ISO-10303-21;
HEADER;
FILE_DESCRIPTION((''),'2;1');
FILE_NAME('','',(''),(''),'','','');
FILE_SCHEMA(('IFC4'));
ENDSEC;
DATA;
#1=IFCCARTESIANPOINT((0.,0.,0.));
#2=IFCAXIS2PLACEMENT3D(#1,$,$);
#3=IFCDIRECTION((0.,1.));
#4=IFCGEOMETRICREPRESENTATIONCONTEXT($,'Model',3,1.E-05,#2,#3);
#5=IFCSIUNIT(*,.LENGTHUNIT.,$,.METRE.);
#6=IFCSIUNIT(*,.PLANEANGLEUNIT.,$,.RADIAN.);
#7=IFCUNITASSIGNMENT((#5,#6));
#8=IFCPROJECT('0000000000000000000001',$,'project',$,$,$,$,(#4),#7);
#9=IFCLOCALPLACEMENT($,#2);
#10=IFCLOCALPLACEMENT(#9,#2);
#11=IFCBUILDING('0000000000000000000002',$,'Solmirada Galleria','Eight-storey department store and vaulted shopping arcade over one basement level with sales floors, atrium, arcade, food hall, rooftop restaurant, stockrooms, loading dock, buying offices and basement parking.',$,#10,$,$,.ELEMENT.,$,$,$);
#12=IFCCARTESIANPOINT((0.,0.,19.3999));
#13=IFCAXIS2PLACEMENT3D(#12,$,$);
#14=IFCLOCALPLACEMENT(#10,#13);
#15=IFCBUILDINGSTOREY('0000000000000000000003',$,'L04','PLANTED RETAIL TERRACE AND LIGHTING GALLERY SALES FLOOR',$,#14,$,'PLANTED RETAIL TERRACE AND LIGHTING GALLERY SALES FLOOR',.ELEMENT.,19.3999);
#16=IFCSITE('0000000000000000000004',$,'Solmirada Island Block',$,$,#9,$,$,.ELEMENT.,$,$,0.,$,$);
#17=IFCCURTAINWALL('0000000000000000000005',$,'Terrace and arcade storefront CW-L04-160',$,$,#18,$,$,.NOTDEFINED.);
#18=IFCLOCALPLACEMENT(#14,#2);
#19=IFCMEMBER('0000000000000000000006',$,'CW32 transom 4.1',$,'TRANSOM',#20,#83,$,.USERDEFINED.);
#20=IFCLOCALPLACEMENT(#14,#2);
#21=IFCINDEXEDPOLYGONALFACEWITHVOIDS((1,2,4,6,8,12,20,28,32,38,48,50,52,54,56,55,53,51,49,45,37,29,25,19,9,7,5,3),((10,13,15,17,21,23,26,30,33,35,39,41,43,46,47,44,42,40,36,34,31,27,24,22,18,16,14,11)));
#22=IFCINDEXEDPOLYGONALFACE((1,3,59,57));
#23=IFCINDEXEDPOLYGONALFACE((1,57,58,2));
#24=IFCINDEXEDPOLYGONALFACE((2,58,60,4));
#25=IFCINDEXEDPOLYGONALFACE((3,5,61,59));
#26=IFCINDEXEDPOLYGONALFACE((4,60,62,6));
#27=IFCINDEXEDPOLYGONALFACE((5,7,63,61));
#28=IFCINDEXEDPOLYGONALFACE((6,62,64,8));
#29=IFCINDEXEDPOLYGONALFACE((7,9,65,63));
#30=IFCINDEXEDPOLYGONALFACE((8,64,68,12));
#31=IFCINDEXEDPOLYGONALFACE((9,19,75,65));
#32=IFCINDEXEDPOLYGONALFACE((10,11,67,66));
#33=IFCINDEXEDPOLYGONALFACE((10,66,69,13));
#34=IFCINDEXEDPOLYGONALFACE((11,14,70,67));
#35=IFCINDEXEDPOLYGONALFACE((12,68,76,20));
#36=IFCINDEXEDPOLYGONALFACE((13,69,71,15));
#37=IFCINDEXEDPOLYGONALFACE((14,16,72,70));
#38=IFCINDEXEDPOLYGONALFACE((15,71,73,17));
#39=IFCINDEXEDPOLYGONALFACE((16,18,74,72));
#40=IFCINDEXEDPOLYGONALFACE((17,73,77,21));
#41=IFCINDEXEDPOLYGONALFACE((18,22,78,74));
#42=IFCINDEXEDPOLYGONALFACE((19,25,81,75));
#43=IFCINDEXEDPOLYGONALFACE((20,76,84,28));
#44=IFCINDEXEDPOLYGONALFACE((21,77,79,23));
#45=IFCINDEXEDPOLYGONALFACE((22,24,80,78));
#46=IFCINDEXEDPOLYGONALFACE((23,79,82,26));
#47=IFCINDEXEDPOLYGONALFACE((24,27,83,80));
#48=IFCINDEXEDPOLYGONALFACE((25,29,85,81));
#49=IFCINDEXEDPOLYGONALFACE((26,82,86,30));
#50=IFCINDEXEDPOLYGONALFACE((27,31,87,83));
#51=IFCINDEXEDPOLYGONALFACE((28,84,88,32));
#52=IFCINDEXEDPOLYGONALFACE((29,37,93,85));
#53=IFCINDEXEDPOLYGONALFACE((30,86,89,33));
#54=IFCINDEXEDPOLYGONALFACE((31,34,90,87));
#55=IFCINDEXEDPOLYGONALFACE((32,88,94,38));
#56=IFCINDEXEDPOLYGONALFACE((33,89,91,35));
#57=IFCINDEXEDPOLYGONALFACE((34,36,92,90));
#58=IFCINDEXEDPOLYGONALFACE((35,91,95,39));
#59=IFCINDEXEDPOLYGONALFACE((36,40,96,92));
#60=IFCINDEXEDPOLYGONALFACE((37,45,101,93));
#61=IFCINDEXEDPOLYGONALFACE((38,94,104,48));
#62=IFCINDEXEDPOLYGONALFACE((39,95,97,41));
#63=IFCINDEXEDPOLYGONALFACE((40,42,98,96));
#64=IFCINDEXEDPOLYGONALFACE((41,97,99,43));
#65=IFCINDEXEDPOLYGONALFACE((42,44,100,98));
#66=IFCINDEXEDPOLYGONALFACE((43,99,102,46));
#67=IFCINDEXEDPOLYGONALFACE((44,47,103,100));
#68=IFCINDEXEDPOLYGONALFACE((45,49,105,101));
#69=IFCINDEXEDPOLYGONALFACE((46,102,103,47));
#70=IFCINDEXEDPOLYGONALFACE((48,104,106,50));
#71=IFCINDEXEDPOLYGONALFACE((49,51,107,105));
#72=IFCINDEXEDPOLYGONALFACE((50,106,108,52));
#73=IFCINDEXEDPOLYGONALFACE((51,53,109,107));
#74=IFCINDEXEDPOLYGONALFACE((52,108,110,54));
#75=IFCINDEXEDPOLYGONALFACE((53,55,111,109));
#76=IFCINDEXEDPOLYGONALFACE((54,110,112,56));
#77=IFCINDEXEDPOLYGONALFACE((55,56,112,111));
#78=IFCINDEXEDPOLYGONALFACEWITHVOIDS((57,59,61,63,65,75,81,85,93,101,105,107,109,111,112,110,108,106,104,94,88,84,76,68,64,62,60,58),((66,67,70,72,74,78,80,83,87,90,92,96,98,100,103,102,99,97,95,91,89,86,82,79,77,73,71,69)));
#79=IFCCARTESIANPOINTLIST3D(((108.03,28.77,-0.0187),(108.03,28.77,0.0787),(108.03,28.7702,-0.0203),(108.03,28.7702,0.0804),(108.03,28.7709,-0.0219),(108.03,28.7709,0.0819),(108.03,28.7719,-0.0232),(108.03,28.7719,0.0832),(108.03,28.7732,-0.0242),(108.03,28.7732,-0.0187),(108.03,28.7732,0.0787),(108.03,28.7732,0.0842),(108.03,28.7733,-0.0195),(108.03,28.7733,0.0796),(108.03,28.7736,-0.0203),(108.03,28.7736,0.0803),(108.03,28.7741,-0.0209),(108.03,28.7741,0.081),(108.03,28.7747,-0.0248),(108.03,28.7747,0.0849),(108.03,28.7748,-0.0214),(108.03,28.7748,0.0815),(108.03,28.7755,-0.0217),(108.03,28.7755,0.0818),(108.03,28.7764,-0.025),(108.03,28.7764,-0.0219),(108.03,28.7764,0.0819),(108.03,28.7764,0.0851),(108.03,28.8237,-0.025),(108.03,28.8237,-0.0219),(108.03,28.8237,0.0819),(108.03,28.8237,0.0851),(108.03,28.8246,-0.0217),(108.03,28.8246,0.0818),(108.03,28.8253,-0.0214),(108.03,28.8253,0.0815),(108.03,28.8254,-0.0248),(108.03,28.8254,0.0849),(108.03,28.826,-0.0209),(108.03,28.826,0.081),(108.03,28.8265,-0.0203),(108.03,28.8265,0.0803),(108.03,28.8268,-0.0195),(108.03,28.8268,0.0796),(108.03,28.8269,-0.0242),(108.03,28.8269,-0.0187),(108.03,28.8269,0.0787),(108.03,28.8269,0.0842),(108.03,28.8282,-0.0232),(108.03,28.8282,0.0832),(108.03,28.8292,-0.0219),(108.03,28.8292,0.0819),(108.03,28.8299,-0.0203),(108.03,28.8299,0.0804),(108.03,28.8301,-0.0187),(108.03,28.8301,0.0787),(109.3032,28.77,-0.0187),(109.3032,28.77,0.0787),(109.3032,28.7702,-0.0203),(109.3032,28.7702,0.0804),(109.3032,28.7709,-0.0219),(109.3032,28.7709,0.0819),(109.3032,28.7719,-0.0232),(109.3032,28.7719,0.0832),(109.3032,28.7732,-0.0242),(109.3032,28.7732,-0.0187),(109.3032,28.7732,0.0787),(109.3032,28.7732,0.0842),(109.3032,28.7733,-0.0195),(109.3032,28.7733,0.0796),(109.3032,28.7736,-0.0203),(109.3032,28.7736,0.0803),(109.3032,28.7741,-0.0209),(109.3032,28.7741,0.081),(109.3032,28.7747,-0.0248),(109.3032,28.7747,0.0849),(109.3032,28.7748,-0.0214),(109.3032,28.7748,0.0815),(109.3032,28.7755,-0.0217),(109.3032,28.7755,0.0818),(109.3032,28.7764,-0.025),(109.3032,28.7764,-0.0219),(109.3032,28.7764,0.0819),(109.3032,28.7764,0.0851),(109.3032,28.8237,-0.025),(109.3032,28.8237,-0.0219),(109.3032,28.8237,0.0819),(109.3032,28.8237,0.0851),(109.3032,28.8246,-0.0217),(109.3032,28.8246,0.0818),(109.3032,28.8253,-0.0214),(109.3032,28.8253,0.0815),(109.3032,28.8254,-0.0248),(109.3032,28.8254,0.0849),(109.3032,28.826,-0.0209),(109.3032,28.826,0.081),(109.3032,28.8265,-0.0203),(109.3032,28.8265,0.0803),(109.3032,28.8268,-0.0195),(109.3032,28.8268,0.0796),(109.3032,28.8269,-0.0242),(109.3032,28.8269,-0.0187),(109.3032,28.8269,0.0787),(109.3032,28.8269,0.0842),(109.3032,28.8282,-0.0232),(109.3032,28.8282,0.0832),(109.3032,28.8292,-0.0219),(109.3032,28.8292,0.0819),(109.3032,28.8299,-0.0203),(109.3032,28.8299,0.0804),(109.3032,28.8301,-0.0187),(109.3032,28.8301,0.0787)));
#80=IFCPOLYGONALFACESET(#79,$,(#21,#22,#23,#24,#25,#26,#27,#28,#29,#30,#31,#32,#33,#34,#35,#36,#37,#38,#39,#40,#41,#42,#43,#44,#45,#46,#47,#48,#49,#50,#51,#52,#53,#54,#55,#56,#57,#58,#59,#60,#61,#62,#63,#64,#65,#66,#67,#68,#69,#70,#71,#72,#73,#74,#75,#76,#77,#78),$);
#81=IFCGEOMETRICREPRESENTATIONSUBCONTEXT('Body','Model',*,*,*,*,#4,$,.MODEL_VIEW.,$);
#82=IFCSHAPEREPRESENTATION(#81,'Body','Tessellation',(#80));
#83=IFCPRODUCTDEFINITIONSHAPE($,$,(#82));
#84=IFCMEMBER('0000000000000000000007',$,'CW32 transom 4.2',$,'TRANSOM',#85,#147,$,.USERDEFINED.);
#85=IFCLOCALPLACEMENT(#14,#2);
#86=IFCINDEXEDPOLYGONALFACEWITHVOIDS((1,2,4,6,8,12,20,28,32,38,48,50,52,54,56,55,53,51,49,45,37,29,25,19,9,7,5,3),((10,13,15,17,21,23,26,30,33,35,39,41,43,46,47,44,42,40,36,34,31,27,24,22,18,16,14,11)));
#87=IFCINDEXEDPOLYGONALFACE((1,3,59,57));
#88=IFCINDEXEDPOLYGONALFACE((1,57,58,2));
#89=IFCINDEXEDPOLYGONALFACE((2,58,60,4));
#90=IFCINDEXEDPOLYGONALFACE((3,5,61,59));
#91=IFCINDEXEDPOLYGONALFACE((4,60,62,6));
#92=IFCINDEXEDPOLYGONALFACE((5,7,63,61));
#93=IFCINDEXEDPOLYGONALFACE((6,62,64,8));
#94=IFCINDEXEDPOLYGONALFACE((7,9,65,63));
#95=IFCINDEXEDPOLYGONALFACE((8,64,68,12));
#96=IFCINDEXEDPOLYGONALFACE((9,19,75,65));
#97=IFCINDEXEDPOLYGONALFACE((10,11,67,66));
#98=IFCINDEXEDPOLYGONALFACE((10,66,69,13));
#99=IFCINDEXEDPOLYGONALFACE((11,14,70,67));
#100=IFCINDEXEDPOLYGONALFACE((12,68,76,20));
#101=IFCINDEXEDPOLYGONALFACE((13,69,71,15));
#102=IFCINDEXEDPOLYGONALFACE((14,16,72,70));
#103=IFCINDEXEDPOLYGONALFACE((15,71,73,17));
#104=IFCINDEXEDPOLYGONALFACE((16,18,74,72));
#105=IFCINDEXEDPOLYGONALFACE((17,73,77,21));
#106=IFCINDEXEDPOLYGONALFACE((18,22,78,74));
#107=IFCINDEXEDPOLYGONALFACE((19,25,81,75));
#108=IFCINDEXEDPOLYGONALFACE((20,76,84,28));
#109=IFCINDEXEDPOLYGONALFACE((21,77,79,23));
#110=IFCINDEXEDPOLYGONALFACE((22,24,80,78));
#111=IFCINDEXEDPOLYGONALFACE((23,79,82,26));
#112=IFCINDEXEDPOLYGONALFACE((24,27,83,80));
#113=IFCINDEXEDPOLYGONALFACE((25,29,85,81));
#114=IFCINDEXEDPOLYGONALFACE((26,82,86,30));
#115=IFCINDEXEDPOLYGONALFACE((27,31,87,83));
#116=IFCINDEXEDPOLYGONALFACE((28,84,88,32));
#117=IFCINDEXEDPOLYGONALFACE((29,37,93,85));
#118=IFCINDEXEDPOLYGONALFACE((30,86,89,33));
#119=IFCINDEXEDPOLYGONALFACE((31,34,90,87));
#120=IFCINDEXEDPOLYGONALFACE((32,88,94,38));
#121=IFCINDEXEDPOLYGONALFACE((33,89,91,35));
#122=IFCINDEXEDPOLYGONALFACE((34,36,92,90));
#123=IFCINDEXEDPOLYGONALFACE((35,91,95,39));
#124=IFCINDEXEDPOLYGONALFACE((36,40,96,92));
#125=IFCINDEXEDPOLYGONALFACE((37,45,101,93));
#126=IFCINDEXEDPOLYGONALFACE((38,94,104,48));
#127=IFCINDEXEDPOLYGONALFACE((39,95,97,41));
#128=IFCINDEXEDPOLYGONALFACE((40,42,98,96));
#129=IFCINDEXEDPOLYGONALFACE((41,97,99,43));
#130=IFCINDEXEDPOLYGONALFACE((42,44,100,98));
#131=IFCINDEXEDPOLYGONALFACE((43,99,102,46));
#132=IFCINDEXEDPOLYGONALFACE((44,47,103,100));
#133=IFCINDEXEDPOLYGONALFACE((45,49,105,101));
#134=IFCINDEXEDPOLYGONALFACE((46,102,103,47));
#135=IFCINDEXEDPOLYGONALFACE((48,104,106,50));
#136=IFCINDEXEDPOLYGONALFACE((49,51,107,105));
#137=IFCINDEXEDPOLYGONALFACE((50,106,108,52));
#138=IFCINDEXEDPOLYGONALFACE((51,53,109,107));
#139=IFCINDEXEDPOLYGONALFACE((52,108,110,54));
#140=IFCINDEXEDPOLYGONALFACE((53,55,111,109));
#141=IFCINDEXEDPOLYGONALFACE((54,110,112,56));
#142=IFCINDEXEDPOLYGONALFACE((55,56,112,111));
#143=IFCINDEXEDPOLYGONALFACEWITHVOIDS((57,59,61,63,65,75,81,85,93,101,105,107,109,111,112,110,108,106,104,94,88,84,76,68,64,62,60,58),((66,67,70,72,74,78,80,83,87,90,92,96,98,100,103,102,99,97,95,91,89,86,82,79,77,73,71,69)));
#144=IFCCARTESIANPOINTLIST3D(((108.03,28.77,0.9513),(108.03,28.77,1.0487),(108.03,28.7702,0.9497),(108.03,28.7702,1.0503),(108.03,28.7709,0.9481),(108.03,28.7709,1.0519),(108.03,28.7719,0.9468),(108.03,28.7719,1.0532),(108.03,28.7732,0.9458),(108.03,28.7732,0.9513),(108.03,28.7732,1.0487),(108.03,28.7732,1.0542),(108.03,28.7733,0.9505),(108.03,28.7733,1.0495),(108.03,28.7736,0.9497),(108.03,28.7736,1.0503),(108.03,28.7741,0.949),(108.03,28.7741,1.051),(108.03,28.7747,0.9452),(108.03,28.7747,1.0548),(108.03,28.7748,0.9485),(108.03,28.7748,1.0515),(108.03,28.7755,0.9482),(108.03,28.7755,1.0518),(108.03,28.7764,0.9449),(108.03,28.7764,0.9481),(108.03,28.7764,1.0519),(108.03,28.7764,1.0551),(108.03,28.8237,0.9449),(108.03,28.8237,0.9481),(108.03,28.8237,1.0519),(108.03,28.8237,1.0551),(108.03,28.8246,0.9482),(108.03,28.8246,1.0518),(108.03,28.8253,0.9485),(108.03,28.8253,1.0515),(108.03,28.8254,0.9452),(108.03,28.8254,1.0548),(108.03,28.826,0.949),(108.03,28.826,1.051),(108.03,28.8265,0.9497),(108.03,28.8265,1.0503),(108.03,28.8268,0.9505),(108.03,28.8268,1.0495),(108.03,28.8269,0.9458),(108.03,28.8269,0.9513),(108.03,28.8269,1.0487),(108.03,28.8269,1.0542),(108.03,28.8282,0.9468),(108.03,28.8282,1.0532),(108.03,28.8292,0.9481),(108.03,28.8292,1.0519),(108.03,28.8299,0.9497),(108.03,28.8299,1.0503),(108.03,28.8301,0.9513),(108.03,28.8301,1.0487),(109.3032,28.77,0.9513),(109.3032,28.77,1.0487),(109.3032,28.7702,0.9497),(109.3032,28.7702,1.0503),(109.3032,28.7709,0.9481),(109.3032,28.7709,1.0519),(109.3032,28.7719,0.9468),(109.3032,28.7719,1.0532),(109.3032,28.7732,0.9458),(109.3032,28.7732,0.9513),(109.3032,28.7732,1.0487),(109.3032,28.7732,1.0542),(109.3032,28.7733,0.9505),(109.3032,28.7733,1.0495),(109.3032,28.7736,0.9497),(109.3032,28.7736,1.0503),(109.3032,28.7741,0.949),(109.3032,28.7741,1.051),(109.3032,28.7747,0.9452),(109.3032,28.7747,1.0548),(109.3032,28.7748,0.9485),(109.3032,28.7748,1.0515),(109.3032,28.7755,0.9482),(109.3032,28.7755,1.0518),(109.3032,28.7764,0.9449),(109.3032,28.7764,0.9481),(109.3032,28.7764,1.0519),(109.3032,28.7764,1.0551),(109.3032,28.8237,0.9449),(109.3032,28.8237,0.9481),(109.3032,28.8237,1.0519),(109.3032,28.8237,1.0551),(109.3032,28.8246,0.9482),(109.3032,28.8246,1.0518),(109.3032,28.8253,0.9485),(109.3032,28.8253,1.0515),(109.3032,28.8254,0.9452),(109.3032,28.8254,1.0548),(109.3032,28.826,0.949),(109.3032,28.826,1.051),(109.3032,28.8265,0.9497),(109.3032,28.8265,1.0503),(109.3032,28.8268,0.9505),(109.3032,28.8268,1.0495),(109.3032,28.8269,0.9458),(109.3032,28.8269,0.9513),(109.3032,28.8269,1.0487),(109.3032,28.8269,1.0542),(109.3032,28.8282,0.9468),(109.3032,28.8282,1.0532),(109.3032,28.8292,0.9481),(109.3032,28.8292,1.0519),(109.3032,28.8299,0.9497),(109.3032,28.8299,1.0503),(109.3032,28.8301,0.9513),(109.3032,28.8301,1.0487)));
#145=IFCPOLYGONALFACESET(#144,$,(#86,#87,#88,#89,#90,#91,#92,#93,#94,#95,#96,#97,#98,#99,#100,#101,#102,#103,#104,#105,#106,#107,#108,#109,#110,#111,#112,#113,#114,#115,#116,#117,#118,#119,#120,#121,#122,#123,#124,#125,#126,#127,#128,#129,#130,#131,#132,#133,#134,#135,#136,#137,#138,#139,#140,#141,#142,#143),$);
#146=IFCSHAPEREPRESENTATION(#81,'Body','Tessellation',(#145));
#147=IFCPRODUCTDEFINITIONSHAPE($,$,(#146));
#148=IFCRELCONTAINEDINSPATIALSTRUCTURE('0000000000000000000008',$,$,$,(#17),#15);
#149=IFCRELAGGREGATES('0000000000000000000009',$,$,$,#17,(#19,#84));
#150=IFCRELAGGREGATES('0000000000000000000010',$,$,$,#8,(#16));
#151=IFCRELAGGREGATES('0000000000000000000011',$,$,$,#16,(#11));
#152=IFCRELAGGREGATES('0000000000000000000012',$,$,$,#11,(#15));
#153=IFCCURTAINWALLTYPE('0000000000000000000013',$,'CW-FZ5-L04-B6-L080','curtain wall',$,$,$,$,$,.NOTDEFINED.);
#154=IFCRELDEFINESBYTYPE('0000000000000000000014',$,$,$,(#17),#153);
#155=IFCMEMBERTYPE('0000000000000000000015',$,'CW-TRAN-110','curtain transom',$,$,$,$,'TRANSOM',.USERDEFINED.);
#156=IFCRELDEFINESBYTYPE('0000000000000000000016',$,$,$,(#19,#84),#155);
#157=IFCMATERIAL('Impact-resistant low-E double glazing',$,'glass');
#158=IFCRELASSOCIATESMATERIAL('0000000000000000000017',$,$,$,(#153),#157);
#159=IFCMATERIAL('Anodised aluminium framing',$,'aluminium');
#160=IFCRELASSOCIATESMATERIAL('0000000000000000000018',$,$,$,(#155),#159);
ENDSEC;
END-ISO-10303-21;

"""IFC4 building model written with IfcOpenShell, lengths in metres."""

from ifc_helpers import new_model, si_unit, direction, frame, origin, origin_2d, place, context, subcontext, project, spatial, hollow_rectangle, extrude, material, material_profile, profile_set, type_object, element, aggregate, save


model = new_model("IFC4")

# Units and contexts
model_context = context("Model", 3, precision=1e-05, world=origin(), true_north=direction((0.0, 1.0)))
body_context = subcontext(model_context, "Body", "Model", "MODEL_VIEW")
ifc_project = project(units=[si_unit("LENGTHUNIT", "METRE"), si_unit("PLANEANGLEUNIT", "RADIAN")], contexts=[model_context])

# Site, building, storey
site_placement = place(None, origin())
site = spatial("IfcSite", under=ifc_project, at=site_placement, Name="Solmirada Island Block", CompositionType="ELEMENT", RefElevation=0.0)
building_placement = place(site_placement, origin())
building = spatial("IfcBuilding", under=site, at=building_placement, Name="Solmirada Galleria", Description="Eight-storey department store and vaulted shopping arcade over one basement level with sales floors, atrium, arcade, food hall, rooftop restaurant, stockrooms, loading dock, buying offices and basement parking.", CompositionType="ELEMENT")
storey_placement = place(building_placement, frame((0.0, 0.0, 19.3999)))
storey = spatial("IfcBuildingStorey", under=building, at=storey_placement, Name="L04", Description="PLANTED RETAIL TERRACE AND LIGHTING GALLERY SALES FLOOR", LongName="PLANTED RETAIL TERRACE AND LIGHTING GALLERY SALES FLOOR", CompositionType="ELEMENT", Elevation=19.3999)

# Curtain wall, members
ifc_material_1 = material(Name="Impact-resistant low-E double glazing", Category="glass")
curtain_wall_type = type_object("IfcCurtainWallType", Name="CW-FZ5-L04-B6-L080", Description="curtain wall", PredefinedType="NOTDEFINED", material=ifc_material_1)
curtain_wall_placement = place(storey_placement, origin())
curtain_wall = element("IfcCurtainWall", 1, at=curtain_wall_placement, inside=storey, type_object=curtain_wall_type, Name="Terrace and arcade storefront CW-L04-160", PredefinedType="NOTDEFINED")
ifc_material_2 = material(Name="Anodised aluminium framing", Category="aluminium")
ifc_material_profile_1 = material_profile(ifc_material_2, hollow_rectangle(XDim=0.0601, YDim=0.1101, WallThickness=0.0032, InnerFilletRadius=0.0032, OuterFilletRadius=0.0063, at=origin_2d()), Name="ALU-TRAN-110X60")
ifc_profile_set_1 = profile_set([ifc_material_profile_1], Name="Anodised aluminium framing")
member_type_1 = type_object("IfcMemberType", Name="CW-TRAN-110", Description="curtain transom", ElementType="TRANSOM", PredefinedType="USERDEFINED", material=ifc_profile_set_1)
member_1_placement = place(storey_placement, frame((108.03, 28.8, 0.03), z_axis=(1.0, 0.0, 0.0), x_axis=(0.0, 1.0, 0.0)))
member_1 = element("IfcMember", 2, at=member_1_placement, type_object=member_type_1, Name="CW32 transom 4.1", ObjectType="TRANSOM", PredefinedType="USERDEFINED", context=body_context, shape_type="SweptSolid", body=[
    extrude(hollow_rectangle(XDim=0.0601, YDim=0.1101, WallThickness=0.0032, InnerFilletRadius=0.0032, OuterFilletRadius=0.0063, at=origin_2d()), origin(), (0.0, 0.0, 1.0), 1.2732),
])
member_2_placement = place(storey_placement, frame((108.03, 28.8, 1.0), z_axis=(1.0, 0.0, 0.0), x_axis=(0.0, 1.0, 0.0)))
member_2 = element("IfcMember", 3, at=member_2_placement, type_object=member_type_1, Name="CW32 transom 4.2", ObjectType="TRANSOM", PredefinedType="USERDEFINED", context=body_context, shape_type="SweptSolid", body=[
    extrude(hollow_rectangle(XDim=0.0601, YDim=0.1101, WallThickness=0.0032, InnerFilletRadius=0.0032, OuterFilletRadius=0.0063, at=origin_2d()), origin(), (0.0, 0.0, 1.0), 1.2732),
])
aggregate(curtain_wall, [member_1, member_2])

save(model, "model.ifc")
